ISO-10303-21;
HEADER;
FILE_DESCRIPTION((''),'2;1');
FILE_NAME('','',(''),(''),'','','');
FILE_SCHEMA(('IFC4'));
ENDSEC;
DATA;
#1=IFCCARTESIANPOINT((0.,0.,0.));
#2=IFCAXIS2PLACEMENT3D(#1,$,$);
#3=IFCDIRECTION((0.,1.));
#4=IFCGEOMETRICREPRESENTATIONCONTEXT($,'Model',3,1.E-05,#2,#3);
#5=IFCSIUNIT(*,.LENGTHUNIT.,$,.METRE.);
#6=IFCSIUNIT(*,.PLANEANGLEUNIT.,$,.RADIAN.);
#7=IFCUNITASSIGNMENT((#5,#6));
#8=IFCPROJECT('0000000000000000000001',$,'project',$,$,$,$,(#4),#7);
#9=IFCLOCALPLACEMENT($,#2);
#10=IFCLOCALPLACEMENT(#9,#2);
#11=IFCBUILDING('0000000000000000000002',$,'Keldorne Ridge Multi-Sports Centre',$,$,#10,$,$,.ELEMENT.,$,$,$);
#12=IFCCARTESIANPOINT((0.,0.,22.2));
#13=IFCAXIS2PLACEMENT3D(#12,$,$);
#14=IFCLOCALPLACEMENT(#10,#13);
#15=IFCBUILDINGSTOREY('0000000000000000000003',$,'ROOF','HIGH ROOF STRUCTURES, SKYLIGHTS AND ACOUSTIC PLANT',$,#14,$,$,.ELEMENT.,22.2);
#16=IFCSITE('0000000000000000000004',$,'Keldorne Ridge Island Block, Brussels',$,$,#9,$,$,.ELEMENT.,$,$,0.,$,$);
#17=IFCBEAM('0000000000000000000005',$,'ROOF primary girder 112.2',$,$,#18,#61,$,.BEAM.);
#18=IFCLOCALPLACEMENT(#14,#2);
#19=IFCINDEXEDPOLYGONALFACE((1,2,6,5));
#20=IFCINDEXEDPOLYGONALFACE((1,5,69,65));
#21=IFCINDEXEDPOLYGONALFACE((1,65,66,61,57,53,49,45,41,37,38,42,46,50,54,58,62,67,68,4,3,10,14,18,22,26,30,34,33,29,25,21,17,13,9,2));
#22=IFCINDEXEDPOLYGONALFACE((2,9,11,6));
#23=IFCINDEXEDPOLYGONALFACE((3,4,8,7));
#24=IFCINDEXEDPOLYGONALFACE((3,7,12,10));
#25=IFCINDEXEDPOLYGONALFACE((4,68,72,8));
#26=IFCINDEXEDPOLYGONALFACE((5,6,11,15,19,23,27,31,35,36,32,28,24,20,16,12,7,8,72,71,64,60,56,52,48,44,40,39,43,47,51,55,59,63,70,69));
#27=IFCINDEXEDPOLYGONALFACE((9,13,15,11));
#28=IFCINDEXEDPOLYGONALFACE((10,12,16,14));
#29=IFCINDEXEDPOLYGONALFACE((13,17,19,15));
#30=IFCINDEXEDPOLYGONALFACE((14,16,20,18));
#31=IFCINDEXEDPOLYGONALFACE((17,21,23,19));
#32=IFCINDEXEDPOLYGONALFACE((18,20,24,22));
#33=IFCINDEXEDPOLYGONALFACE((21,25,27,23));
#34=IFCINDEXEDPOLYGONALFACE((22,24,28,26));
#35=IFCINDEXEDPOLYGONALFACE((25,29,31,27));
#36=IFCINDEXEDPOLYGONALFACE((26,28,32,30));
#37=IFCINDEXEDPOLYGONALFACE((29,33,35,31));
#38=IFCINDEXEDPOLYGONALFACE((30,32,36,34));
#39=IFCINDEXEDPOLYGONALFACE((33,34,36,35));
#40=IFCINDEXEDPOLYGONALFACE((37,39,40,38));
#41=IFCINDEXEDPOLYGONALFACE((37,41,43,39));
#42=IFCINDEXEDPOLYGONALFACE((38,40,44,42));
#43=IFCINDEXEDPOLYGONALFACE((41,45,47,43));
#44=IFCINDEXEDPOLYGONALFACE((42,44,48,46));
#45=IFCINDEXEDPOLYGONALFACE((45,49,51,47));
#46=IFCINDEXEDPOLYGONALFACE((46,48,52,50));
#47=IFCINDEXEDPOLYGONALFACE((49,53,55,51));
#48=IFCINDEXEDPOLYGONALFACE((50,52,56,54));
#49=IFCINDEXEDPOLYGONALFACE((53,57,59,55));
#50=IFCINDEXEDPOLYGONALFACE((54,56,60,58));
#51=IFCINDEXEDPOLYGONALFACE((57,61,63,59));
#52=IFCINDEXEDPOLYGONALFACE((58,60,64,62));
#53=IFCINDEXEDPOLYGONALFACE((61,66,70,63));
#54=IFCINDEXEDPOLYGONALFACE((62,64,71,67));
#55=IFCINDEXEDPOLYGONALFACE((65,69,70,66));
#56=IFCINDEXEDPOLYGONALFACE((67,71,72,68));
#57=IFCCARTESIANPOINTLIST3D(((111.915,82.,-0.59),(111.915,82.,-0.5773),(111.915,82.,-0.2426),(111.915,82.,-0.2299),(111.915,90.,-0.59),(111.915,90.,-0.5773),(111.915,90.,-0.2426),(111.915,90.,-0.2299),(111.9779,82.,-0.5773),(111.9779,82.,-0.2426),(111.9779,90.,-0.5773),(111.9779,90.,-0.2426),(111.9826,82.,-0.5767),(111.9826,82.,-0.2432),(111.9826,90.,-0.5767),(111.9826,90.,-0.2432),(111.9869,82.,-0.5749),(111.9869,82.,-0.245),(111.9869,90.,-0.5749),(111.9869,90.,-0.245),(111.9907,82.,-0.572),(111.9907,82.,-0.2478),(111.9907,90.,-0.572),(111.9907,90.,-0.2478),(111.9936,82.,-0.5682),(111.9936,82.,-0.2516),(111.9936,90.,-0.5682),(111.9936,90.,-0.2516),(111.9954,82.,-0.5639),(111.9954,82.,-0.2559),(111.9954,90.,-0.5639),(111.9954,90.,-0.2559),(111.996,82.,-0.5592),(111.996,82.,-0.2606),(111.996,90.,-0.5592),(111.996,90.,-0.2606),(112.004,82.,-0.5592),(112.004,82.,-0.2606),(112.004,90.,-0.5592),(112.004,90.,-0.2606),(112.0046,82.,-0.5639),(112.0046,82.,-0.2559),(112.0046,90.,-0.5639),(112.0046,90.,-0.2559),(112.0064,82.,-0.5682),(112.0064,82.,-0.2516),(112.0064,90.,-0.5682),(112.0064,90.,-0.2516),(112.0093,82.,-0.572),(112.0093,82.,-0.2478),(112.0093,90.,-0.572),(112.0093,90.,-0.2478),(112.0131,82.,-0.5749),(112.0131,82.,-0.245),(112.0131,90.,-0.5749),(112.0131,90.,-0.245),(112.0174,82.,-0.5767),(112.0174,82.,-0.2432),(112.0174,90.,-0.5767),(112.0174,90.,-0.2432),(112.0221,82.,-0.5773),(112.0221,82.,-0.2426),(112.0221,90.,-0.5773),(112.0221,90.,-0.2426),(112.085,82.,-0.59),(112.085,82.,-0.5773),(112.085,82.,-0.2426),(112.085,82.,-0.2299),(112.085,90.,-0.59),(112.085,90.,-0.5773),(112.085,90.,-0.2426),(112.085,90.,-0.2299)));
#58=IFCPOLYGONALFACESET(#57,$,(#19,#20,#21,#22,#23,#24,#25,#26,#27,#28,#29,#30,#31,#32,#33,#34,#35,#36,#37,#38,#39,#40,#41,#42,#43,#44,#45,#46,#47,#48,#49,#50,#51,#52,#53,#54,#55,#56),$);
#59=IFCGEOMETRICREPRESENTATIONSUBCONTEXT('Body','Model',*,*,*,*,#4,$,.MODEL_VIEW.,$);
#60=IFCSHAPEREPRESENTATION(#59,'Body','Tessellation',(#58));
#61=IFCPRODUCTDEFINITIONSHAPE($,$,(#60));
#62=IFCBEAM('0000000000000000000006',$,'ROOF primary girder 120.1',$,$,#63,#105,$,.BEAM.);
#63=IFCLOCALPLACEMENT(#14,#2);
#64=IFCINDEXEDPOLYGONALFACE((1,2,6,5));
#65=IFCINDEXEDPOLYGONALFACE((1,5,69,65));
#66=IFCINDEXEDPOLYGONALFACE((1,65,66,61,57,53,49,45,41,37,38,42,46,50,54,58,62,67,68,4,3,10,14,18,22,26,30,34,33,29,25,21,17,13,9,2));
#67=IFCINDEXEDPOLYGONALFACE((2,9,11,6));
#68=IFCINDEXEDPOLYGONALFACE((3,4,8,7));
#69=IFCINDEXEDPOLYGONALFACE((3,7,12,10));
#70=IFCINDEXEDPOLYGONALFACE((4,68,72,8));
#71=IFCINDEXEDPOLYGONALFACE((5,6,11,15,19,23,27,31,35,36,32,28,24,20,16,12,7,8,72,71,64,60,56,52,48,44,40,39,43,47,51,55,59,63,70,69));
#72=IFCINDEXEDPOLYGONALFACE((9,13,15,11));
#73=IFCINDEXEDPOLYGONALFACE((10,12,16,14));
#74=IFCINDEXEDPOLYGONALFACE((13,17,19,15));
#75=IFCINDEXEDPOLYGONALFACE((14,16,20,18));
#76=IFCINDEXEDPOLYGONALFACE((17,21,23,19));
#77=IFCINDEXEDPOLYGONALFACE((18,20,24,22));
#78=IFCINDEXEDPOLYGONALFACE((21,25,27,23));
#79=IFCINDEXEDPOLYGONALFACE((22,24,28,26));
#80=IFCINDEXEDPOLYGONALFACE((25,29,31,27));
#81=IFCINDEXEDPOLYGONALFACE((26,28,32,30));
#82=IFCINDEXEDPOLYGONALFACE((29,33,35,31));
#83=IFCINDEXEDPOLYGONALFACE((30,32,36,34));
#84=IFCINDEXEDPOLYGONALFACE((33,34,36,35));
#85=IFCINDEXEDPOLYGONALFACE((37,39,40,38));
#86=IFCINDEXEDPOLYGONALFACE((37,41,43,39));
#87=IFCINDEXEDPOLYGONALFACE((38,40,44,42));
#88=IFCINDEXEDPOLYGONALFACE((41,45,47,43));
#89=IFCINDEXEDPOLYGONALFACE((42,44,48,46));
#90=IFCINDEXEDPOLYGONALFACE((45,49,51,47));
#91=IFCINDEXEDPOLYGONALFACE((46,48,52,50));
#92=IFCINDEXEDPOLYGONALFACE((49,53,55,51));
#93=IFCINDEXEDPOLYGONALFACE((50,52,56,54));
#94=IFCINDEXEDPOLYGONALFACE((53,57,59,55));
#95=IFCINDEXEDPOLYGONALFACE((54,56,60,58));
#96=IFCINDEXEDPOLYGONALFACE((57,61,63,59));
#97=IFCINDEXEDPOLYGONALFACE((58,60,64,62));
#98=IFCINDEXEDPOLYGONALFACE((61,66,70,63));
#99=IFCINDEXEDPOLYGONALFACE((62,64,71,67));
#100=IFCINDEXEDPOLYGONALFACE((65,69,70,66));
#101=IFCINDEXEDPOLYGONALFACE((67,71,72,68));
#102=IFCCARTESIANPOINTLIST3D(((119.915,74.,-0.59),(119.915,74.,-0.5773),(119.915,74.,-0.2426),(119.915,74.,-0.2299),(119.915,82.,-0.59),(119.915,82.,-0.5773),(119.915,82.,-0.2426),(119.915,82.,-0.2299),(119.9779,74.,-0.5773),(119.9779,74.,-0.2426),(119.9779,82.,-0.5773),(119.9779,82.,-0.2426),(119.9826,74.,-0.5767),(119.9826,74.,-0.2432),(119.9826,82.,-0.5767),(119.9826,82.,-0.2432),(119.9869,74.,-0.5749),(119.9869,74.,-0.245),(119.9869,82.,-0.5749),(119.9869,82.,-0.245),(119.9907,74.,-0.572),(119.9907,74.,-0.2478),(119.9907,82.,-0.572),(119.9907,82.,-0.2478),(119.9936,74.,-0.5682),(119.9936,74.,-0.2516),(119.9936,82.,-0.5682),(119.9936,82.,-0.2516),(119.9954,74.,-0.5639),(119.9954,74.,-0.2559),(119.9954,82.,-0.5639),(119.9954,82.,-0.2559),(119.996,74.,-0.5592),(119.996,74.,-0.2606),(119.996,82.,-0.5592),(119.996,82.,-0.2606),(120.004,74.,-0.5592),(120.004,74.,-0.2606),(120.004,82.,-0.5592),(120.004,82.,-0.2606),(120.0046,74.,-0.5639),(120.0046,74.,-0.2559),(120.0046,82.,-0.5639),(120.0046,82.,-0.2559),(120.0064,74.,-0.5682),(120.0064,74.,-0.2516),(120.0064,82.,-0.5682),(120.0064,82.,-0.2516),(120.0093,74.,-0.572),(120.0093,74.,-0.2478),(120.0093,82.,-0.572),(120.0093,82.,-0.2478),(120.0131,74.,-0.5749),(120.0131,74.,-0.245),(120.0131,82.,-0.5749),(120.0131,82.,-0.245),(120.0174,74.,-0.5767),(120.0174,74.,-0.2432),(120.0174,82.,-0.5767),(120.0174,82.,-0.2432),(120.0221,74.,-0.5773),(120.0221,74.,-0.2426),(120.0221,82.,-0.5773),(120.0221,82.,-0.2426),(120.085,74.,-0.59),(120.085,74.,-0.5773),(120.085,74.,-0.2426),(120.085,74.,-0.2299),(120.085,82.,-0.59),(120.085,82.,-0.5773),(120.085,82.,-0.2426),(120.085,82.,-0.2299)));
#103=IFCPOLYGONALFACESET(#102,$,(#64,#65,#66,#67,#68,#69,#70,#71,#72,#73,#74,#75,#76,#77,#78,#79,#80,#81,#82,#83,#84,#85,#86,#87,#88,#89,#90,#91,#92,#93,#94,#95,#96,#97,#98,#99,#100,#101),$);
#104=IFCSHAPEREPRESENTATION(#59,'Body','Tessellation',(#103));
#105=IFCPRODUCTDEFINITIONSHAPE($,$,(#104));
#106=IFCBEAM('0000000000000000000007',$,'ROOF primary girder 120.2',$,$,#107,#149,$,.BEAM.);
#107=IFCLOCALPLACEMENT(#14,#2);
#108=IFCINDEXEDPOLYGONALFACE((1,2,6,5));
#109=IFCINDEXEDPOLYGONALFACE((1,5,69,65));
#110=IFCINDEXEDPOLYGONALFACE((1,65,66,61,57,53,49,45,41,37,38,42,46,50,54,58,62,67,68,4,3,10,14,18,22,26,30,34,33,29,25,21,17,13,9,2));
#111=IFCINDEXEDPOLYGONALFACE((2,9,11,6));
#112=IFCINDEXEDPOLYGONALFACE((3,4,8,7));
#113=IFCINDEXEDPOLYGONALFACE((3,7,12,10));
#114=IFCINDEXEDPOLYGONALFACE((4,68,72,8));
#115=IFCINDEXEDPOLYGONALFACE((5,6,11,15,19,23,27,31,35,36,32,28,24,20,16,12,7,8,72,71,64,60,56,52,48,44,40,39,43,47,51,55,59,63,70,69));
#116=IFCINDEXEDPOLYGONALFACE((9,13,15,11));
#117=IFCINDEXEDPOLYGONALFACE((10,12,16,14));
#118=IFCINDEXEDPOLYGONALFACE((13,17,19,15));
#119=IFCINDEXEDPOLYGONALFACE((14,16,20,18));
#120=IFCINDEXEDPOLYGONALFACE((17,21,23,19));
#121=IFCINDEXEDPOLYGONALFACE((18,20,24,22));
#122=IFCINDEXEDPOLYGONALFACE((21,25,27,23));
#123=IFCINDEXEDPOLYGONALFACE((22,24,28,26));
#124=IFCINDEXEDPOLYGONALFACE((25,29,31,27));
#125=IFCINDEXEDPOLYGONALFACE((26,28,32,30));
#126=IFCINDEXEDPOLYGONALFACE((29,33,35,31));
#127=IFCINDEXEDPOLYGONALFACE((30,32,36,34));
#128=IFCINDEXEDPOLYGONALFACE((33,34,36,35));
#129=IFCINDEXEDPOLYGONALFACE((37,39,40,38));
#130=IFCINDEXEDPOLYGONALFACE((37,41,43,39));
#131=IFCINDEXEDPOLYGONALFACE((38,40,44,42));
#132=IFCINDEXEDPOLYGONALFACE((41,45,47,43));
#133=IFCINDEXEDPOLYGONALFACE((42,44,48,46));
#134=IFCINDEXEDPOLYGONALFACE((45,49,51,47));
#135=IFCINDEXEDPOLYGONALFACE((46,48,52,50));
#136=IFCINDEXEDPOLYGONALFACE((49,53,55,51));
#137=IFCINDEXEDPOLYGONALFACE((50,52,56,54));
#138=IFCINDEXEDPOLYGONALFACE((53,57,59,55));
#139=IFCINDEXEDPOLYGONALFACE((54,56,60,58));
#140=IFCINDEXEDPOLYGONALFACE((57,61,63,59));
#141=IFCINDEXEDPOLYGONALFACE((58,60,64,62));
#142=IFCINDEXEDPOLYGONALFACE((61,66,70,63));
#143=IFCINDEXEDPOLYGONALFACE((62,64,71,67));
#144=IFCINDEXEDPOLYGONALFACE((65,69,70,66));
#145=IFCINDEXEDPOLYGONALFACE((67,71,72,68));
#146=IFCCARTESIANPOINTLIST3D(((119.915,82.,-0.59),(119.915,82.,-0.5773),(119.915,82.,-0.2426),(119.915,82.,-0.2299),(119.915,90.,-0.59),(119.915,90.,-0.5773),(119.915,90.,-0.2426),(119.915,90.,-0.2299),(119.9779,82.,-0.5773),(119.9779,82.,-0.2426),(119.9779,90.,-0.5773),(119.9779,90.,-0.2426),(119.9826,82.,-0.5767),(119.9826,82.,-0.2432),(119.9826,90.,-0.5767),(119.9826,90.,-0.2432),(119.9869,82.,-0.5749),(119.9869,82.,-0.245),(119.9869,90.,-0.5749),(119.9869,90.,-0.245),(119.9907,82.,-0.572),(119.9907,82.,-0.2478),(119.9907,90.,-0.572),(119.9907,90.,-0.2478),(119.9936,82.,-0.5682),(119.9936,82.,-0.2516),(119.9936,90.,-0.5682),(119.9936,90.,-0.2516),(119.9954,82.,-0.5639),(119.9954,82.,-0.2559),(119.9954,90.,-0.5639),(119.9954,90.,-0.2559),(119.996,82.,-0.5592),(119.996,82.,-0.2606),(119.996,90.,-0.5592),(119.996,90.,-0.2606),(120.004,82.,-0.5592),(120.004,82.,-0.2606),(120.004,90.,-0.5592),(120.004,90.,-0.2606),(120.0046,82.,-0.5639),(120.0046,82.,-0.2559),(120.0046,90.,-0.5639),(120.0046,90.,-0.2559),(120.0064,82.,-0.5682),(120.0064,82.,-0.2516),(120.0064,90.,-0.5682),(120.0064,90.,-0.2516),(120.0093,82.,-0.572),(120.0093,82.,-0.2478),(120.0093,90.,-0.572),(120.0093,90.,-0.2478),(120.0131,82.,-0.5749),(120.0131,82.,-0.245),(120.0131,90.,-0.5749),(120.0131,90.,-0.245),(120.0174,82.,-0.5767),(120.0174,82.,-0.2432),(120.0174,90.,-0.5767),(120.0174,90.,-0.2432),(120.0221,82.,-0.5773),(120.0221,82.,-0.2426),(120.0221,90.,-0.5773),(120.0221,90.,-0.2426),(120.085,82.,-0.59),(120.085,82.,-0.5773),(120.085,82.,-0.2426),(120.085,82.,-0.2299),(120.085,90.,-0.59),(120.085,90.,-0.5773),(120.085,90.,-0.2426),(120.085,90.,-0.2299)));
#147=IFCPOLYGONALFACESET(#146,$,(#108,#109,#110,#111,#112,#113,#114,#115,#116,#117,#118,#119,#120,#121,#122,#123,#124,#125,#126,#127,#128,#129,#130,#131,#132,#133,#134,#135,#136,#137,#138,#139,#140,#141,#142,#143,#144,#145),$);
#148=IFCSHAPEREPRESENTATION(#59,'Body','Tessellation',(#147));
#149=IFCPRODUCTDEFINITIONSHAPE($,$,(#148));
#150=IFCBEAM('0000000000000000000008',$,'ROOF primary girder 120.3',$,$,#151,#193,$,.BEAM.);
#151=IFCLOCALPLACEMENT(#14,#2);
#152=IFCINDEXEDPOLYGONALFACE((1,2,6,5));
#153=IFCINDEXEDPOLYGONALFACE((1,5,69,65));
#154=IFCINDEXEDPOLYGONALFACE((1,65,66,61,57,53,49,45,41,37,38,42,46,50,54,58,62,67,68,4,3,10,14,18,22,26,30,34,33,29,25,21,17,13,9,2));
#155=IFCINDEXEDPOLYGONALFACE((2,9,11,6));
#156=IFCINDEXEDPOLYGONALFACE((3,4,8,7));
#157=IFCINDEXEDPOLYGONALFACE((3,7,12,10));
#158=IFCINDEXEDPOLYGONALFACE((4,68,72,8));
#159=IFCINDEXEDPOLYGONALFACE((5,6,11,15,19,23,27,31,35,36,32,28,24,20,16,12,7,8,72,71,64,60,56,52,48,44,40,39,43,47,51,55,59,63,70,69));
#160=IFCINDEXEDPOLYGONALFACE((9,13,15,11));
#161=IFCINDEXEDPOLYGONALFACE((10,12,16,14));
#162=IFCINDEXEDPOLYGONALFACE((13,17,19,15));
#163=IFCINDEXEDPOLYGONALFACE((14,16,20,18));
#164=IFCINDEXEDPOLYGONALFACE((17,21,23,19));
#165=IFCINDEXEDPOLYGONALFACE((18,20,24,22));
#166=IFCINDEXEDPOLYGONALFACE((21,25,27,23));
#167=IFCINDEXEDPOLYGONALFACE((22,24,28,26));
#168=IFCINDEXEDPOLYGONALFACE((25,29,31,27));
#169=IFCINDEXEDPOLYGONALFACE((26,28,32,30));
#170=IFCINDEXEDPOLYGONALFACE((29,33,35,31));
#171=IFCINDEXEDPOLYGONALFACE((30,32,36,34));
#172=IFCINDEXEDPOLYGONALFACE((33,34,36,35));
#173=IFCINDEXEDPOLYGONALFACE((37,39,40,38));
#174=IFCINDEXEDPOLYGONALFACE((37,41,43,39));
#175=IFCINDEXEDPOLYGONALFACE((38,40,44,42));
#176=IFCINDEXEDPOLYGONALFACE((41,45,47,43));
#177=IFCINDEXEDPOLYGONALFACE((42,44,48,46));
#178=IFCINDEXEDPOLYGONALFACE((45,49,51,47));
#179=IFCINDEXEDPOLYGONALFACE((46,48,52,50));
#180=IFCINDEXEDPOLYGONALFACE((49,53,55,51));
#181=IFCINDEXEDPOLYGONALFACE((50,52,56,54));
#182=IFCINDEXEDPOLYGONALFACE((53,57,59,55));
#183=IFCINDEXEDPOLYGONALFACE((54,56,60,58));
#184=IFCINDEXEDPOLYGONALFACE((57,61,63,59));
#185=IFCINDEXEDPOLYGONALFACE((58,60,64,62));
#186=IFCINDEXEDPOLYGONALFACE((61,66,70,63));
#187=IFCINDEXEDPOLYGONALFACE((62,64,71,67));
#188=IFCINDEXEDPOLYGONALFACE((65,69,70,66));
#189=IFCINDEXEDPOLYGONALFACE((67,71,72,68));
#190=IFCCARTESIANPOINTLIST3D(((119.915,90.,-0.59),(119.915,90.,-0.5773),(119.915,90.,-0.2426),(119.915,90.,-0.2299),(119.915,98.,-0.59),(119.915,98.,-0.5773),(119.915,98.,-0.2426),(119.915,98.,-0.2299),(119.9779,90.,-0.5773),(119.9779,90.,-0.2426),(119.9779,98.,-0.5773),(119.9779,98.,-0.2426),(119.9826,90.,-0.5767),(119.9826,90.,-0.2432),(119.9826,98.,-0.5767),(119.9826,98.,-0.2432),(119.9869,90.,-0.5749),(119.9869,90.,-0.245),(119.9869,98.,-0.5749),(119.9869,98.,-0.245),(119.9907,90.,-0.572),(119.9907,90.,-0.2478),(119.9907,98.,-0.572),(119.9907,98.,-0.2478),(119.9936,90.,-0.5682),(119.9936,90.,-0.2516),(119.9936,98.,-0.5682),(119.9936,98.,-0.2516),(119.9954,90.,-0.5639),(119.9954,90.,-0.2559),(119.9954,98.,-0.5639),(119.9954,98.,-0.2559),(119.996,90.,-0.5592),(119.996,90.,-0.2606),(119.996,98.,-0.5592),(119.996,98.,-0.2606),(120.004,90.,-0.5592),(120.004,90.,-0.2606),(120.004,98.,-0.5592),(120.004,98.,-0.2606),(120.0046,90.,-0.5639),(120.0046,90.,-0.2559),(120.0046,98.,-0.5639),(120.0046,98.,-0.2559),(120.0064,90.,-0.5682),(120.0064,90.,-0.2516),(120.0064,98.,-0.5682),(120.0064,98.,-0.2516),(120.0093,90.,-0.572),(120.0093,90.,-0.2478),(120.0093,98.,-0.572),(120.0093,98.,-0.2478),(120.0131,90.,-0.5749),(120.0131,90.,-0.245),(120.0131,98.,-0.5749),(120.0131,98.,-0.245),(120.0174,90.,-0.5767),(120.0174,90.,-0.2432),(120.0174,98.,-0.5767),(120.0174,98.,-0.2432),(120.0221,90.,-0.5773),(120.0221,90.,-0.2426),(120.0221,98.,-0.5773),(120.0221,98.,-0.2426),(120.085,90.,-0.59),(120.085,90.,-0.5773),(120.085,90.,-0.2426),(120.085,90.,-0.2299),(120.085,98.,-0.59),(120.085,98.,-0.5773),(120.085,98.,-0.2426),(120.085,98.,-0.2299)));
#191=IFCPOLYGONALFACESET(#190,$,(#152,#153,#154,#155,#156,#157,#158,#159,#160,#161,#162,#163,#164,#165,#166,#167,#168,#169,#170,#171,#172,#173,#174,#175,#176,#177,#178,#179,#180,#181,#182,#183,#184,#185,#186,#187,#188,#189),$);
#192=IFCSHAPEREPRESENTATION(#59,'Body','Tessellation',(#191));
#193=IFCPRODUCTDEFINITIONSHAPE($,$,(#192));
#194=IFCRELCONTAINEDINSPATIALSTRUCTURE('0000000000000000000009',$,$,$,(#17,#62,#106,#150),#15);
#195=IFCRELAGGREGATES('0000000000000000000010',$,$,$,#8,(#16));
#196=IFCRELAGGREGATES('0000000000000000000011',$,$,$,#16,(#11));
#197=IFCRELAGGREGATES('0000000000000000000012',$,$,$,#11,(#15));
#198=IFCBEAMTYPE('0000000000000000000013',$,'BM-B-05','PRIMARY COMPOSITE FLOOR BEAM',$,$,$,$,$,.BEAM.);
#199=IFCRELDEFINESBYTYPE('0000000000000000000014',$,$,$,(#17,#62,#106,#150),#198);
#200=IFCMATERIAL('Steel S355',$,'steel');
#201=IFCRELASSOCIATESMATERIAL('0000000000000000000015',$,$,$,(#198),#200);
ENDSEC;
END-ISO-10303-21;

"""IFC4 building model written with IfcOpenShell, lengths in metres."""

from ifc_helpers import new_model, si_unit, direction, frame, origin, origin_2d, place, context, subcontext, project, spatial, i_section, extrude, material, material_profile, profile_set, type_object, element, save


model = new_model("IFC4")

# Units and contexts
model_context = context("Model", 3, precision=1e-05, world=origin(), true_north=direction((0.0, 1.0)))
body_context = subcontext(model_context, "Body", "Model", "MODEL_VIEW")
ifc_project = project(units=[si_unit("LENGTHUNIT", "METRE"), si_unit("PLANEANGLEUNIT", "RADIAN")], contexts=[model_context])

# Site, building, storey
site_placement = place(None, origin())
site = spatial("IfcSite", under=ifc_project, at=site_placement, Name="Keldorne Ridge Island Block, Brussels", CompositionType="ELEMENT", RefElevation=0.0)
building_placement = place(site_placement, origin())
building = spatial("IfcBuilding", under=site, at=building_placement, Name="Keldorne Ridge Multi-Sports Centre", CompositionType="ELEMENT")
storey_placement = place(building_placement, frame((0.0, 0.0, 22.2)))
storey = spatial("IfcBuildingStorey", under=building, at=storey_placement, Name="ROOF", Description="HIGH ROOF STRUCTURES, SKYLIGHTS AND ACOUSTIC PLANT", CompositionType="ELEMENT", Elevation=22.2)

# Beams
ifc_material_1 = material(Name="Steel S355", Category="steel")
ifc_material_profile_1 = material_profile(ifc_material_1, i_section(OverallWidth=0.1699, OverallDepth=0.3601, WebThickness=0.0081, FlangeThickness=0.0127, FilletRadius=0.0181, at=origin_2d()), Name="IPE 360")
ifc_profile_set_1 = profile_set([ifc_material_profile_1], Name="Steel S355")
beam_type_1 = type_object("IfcBeamType", Name="BM-B-05", Description="PRIMARY COMPOSITE FLOOR BEAM", PredefinedType="BEAM", material=ifc_profile_set_1)
for number, where, z_axis, x_axis, name in (
    (1, (112.0, 82.0, -0.4099), (0.0, 1.0, 0.0), (-1.0, 0.0, 0.0), "ROOF primary girder 112.2"),
    (2, (120.0, 74.0, -0.4099), (0.0, 1.0, 0.0), (-1.0, 0.0, 0.0), "ROOF primary girder 120.1"),
    (3, (120.0, 82.0, -0.4099), (0.0, 1.0, 0.0), (-1.0, 0.0, 0.0), "ROOF primary girder 120.2"),
    (4, (120.0, 90.0, -0.4099), (0.0, 1.0, 0.0), (-1.0, 0.0, 0.0), "ROOF primary girder 120.3"),
):
    element("IfcBeam", number, at=place(storey_placement, frame(where, z_axis=z_axis, x_axis=x_axis)), inside=storey, type_object=beam_type_1, Name=name, PredefinedType="BEAM", context=body_context, shape_type="SweptSolid", body=[
        extrude(i_section(OverallWidth=0.1699, OverallDepth=0.3601, WebThickness=0.0081, FlangeThickness=0.0127, FilletRadius=0.0181, at=origin_2d()), origin(), (0.0, 0.0, 1.0), 8.0),
    ])

save(model, "model.ifc")
